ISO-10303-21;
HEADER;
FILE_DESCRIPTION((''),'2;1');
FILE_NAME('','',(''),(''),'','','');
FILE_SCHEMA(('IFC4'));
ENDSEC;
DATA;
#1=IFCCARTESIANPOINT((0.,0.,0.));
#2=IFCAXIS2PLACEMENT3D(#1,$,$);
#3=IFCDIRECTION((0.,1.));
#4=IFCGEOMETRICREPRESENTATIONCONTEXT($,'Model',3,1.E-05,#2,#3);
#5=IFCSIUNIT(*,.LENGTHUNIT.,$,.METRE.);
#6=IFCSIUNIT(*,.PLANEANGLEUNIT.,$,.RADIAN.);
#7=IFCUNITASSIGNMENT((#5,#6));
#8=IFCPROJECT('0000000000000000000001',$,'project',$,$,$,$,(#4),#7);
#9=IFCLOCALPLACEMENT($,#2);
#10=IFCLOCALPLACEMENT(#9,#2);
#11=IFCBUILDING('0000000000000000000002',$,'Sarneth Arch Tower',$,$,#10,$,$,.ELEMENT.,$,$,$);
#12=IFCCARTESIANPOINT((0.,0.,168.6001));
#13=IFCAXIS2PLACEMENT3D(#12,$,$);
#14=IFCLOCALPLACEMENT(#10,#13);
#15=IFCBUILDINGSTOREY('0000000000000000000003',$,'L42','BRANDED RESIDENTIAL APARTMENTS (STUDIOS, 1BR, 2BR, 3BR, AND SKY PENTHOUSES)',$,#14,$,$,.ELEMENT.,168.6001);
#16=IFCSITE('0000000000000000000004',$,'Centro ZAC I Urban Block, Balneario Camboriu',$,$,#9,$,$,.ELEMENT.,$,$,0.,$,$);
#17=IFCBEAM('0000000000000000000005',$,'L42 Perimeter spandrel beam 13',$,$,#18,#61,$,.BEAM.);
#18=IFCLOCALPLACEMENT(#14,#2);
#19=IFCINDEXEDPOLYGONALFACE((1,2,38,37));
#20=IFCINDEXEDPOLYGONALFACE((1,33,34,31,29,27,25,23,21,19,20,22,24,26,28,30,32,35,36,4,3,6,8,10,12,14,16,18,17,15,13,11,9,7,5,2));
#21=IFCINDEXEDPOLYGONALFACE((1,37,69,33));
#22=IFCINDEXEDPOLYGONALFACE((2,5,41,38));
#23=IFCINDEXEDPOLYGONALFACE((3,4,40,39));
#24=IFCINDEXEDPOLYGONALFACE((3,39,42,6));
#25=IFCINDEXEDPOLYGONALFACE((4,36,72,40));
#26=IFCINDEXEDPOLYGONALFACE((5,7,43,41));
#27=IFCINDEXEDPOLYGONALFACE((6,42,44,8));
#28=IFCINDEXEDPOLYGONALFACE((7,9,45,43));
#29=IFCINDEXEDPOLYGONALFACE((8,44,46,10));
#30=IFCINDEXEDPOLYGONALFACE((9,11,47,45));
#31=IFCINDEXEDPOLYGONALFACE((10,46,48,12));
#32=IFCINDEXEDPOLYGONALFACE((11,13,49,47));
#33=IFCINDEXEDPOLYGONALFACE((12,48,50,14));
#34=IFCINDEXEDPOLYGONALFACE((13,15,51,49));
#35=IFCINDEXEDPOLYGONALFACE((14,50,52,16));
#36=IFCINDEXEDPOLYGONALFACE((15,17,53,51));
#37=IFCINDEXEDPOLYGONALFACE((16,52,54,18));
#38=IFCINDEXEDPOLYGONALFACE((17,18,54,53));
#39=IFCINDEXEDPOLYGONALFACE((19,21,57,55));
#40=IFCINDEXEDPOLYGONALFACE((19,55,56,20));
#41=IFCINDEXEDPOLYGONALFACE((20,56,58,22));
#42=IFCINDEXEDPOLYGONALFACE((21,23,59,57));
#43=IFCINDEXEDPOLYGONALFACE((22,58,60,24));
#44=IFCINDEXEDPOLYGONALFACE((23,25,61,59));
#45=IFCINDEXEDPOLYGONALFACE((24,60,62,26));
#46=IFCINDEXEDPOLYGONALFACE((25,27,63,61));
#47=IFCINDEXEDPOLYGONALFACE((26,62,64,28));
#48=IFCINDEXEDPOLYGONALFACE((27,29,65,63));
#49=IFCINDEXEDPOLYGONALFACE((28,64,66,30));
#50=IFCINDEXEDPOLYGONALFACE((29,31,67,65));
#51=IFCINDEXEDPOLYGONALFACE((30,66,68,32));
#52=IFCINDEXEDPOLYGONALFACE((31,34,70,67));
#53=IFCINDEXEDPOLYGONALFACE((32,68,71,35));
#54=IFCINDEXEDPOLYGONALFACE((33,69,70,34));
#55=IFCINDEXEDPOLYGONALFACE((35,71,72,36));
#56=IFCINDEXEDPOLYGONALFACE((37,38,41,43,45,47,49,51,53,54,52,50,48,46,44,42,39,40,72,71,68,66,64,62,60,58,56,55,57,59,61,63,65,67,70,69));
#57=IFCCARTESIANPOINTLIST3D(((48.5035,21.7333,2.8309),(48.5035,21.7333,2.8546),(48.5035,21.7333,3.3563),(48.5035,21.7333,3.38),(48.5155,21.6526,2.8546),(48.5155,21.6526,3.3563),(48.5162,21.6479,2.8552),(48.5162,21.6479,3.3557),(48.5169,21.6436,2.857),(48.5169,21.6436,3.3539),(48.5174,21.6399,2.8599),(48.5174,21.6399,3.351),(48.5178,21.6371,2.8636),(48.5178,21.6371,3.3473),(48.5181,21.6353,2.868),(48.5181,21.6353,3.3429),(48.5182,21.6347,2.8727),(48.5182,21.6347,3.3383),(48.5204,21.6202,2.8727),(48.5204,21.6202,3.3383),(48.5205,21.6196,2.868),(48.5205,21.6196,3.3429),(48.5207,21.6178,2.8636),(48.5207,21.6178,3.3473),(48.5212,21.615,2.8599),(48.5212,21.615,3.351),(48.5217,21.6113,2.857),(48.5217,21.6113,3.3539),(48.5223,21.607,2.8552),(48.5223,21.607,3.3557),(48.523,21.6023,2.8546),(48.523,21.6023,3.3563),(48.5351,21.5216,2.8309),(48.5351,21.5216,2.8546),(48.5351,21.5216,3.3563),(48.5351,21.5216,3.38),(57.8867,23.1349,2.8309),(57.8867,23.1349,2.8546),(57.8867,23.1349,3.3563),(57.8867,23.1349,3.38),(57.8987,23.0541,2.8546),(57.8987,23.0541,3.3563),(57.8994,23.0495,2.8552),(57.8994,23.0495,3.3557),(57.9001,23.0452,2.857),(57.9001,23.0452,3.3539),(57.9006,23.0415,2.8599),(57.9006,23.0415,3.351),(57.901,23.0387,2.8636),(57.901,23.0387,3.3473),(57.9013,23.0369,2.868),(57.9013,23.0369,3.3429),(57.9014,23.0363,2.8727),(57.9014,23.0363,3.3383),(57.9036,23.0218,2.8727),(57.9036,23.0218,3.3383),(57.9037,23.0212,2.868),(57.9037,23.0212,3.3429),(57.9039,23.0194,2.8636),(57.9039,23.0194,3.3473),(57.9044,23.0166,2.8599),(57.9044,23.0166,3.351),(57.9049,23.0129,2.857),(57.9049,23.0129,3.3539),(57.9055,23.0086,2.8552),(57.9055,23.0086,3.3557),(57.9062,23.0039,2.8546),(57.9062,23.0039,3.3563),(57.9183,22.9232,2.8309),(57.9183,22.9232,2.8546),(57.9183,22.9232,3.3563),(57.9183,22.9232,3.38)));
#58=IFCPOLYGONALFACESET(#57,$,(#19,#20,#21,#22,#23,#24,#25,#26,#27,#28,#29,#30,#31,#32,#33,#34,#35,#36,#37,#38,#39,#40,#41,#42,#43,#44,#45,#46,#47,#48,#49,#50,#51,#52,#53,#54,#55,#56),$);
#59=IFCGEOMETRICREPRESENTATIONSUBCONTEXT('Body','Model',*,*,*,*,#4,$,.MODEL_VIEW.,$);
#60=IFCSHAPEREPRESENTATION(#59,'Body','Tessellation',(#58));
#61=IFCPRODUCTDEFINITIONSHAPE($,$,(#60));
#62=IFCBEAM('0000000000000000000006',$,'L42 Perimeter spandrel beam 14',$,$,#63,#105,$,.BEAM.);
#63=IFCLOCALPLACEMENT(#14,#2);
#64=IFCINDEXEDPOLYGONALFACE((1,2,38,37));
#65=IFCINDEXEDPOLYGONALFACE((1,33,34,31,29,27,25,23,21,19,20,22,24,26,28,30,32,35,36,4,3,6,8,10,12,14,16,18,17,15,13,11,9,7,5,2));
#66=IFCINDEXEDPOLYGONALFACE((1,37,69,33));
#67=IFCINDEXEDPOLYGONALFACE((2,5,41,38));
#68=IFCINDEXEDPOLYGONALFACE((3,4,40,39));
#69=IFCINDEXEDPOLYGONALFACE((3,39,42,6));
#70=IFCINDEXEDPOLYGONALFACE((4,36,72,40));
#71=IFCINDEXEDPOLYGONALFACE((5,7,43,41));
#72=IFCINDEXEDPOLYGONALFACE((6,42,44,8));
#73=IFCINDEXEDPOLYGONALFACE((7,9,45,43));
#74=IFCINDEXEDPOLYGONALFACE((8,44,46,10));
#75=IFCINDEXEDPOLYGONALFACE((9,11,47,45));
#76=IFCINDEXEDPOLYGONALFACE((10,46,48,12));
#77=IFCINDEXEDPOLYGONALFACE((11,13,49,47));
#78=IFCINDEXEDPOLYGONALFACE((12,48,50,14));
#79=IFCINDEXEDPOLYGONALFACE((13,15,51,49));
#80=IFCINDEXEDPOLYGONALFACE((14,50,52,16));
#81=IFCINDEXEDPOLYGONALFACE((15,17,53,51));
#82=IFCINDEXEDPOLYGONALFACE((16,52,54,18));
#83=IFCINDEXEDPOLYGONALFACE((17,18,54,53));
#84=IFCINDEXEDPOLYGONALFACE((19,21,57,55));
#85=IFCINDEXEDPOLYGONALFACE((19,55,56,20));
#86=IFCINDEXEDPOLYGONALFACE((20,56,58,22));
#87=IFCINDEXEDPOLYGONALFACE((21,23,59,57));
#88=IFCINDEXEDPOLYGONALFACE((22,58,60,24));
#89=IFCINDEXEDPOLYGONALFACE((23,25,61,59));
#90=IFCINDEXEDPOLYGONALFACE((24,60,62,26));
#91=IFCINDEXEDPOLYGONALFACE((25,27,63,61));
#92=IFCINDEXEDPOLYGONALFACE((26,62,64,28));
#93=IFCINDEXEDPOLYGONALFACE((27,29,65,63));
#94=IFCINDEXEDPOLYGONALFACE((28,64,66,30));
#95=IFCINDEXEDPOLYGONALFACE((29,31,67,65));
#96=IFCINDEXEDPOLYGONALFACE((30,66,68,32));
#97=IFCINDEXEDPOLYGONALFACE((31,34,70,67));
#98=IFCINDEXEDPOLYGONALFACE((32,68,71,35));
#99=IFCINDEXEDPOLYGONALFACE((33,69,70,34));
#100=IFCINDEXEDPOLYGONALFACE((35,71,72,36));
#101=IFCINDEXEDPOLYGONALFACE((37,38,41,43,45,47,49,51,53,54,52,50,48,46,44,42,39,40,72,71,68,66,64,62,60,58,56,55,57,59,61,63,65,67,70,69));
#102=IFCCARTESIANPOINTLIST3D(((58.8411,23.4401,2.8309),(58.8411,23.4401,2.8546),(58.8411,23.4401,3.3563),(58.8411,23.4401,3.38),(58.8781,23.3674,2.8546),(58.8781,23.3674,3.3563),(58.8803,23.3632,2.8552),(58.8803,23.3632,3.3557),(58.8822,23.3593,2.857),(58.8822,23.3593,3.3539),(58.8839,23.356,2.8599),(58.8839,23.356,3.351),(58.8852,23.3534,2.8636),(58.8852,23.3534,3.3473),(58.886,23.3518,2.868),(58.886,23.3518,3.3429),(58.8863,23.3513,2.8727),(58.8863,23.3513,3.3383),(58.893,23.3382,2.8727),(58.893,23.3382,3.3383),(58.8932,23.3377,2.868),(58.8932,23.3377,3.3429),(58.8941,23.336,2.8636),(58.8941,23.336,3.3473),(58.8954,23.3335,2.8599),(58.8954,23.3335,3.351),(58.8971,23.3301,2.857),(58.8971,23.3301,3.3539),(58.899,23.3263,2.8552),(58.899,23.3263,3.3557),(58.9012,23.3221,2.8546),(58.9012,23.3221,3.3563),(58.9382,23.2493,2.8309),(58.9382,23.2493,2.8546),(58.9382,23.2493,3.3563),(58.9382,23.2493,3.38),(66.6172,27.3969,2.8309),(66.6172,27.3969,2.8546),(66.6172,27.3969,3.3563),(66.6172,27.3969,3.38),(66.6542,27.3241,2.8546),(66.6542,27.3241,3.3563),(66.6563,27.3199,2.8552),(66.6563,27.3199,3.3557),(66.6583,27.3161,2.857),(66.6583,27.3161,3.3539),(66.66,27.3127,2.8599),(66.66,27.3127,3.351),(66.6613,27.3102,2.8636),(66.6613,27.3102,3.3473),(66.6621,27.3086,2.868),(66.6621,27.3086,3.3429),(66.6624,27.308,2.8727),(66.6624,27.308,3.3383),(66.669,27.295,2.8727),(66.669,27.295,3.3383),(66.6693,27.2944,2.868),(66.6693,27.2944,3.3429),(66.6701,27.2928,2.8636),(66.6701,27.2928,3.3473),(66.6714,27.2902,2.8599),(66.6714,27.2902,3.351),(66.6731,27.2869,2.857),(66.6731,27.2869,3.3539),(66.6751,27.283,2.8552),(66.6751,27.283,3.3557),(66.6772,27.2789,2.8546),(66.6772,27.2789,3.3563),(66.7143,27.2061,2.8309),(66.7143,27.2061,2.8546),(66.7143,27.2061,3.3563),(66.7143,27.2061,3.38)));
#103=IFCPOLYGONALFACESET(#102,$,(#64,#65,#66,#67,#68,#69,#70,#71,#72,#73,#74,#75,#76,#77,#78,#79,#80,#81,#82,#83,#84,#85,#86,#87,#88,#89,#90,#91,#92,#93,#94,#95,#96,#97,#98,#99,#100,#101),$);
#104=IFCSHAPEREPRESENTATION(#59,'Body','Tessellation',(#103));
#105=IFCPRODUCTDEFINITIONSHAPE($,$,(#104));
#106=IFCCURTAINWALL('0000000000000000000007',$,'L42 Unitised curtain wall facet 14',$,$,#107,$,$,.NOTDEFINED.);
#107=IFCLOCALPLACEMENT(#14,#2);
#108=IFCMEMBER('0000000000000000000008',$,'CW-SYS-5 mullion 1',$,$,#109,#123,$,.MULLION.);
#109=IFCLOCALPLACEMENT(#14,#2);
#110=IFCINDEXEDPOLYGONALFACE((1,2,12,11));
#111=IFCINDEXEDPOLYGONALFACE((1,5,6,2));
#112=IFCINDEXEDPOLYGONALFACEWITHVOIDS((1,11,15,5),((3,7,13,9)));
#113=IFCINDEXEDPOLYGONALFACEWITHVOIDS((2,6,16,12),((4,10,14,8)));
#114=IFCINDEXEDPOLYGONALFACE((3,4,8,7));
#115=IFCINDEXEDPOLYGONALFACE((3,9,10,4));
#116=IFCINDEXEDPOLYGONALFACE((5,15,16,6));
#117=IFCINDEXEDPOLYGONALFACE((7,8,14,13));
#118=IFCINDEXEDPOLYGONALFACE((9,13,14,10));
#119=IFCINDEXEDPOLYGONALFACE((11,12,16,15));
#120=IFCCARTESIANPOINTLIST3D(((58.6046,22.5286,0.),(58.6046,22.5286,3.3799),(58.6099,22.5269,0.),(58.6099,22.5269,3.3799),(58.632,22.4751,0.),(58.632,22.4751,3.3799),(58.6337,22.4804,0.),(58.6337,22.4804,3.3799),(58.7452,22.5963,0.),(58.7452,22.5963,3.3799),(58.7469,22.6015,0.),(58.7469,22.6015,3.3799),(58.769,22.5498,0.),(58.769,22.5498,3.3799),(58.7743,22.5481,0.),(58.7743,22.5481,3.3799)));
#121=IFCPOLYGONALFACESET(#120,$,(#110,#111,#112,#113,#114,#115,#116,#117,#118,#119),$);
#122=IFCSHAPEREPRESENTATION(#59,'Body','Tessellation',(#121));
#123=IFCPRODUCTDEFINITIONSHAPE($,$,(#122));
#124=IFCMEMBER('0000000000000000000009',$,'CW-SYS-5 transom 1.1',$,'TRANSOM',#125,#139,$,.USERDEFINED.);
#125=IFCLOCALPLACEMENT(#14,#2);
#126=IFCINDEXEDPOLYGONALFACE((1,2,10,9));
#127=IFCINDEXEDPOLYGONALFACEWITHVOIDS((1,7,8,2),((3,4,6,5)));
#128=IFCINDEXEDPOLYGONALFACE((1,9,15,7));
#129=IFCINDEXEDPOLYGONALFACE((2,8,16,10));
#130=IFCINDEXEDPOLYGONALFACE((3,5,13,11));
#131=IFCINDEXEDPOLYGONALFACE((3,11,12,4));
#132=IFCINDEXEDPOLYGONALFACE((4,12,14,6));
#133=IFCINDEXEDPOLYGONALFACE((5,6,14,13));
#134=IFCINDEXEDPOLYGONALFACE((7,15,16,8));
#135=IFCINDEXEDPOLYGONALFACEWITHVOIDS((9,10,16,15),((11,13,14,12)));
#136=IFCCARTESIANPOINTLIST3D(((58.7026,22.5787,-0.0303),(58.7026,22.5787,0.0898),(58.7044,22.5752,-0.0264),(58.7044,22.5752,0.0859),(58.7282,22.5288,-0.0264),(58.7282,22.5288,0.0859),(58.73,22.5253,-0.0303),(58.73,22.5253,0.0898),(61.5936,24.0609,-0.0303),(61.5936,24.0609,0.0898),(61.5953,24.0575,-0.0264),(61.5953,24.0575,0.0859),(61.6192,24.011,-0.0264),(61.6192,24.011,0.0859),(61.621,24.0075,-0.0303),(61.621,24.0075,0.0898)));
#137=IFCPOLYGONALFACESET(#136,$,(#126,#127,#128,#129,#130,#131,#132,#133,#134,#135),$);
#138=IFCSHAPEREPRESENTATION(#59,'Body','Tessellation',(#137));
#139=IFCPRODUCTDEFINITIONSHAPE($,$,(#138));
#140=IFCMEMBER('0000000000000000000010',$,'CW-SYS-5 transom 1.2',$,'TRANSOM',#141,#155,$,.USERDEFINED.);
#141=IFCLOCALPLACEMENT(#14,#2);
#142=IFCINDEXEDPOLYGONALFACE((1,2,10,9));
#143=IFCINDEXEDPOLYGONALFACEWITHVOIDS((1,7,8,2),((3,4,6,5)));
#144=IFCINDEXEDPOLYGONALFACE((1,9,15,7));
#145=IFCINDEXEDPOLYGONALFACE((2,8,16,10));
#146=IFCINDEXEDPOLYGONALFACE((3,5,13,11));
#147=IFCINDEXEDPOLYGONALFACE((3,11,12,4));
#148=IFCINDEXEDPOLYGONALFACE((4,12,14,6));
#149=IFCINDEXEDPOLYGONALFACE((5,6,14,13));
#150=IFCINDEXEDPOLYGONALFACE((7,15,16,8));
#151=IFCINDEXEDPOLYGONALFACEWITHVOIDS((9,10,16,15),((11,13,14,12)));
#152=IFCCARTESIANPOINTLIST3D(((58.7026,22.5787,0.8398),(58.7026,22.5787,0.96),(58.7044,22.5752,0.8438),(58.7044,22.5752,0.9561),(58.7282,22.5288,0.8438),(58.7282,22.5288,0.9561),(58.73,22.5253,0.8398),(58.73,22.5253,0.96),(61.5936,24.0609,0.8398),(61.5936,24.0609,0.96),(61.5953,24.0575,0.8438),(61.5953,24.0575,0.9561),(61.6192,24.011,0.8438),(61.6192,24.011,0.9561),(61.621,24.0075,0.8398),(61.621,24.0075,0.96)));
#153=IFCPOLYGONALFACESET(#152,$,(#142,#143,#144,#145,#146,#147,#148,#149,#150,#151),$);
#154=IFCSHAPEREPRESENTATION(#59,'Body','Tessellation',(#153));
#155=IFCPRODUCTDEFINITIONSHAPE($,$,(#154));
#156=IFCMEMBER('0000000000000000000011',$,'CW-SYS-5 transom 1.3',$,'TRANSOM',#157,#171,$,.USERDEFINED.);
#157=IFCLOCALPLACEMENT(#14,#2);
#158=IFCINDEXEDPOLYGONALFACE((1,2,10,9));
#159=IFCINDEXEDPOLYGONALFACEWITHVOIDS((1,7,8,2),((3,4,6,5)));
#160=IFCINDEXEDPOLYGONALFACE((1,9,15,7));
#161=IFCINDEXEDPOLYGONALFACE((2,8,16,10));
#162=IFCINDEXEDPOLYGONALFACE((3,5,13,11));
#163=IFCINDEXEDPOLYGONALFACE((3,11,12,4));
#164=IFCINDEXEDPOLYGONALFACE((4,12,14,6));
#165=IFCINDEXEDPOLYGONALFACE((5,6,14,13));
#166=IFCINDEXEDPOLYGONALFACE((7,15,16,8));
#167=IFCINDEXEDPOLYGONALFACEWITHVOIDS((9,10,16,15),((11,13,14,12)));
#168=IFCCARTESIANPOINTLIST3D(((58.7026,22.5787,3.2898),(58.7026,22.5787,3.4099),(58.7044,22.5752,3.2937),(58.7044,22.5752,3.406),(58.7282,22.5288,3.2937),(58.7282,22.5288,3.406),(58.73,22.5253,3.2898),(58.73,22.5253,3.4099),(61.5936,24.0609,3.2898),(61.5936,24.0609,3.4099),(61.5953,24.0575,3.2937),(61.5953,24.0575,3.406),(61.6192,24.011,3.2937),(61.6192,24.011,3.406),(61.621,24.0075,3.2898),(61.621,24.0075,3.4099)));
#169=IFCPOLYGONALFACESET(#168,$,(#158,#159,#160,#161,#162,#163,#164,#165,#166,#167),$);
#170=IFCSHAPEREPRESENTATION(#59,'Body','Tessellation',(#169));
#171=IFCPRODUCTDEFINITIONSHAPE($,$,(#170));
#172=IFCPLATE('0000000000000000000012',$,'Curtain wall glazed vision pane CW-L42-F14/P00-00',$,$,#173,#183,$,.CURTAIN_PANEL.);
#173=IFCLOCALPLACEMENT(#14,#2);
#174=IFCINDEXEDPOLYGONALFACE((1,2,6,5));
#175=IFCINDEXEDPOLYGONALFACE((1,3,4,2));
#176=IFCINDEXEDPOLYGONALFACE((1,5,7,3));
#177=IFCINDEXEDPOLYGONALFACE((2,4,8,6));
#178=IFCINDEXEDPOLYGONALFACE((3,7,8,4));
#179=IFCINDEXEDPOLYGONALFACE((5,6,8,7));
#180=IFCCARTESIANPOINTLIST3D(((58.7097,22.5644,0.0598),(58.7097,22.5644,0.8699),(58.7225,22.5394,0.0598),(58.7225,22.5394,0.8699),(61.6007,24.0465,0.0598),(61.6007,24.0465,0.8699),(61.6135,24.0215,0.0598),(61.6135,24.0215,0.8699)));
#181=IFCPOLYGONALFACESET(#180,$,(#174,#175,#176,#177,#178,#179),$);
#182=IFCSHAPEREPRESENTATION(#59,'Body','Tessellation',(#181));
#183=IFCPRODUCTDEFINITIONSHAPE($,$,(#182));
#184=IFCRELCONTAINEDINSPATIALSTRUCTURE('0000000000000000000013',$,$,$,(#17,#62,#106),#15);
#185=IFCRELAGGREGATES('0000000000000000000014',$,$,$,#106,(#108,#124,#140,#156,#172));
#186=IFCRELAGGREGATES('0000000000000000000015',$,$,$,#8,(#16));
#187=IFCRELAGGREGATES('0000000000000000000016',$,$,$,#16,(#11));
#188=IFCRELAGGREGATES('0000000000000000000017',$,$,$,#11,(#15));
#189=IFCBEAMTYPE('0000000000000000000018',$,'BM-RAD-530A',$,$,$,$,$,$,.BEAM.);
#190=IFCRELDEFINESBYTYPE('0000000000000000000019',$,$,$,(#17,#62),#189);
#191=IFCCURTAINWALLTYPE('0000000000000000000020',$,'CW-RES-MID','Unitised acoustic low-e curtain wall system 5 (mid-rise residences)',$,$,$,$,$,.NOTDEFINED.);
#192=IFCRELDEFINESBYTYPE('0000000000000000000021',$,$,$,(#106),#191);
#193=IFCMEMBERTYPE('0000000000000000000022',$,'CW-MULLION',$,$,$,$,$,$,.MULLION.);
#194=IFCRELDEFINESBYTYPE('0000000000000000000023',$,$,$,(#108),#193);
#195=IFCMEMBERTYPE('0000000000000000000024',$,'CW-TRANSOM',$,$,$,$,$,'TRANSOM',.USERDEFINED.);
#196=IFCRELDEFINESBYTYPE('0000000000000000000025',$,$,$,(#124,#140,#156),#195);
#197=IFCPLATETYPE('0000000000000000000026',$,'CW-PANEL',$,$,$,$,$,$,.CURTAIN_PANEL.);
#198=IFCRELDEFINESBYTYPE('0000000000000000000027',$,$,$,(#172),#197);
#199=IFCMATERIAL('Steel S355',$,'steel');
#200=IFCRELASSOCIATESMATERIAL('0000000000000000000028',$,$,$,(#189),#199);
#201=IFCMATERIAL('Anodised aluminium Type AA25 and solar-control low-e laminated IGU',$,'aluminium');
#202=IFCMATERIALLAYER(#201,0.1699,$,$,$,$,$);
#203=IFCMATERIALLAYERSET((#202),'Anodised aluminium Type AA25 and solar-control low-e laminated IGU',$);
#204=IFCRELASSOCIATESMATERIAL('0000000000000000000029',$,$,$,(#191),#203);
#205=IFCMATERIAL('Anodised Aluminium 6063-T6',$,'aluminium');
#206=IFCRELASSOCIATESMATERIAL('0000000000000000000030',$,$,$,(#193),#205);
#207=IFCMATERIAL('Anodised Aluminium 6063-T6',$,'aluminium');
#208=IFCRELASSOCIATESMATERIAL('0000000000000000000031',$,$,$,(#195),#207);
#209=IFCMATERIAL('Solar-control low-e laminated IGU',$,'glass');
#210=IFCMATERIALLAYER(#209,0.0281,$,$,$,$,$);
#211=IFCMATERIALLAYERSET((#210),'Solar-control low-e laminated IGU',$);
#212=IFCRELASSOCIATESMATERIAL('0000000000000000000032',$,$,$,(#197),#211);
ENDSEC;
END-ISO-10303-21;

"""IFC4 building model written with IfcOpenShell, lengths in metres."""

from ifc_helpers import new_model, si_unit, direction, frame, origin, origin_2d, place, context, subcontext, project, spatial, rectangle, hollow_rectangle, i_section, extrude, material, layer, layer_set, material_profile, profile_set, type_object, element, aggregate, save


model = new_model("IFC4")

# Units and contexts
model_context = context("Model", 3, precision=1e-05, world=origin(), true_north=direction((0.0, 1.0)))
body_context = subcontext(model_context, "Body", "Model", "MODEL_VIEW")
ifc_project = project(units=[si_unit("LENGTHUNIT", "METRE"), si_unit("PLANEANGLEUNIT", "RADIAN")], contexts=[model_context])

# Site, building, storey
site_placement = place(None, origin())
site = spatial("IfcSite", under=ifc_project, at=site_placement, Name="Centro ZAC I Urban Block, Balneario Camboriu", CompositionType="ELEMENT", RefElevation=0.0)
building_placement = place(site_placement, origin())
building = spatial("IfcBuilding", under=site, at=building_placement, Name="Sarneth Arch Tower", CompositionType="ELEMENT")
storey_placement = place(building_placement, frame((0.0, 0.0, 168.6001)))
storey = spatial("IfcBuildingStorey", under=building, at=storey_placement, Name="L42", Description="BRANDED RESIDENTIAL APARTMENTS (STUDIOS, 1BR, 2BR, 3BR, AND SKY PENTHOUSES)", CompositionType="ELEMENT", Elevation=168.6001)

# Beams
ifc_material_1 = material(Name="Steel S355", Category="steel")
ifc_material_profile_1 = material_profile(ifc_material_1, i_section(OverallWidth=0.2141, OverallDepth=0.5491, WebThickness=0.0146, FlangeThickness=0.0237, FilletRadius=0.0181, at=origin_2d()), Name="W530x138")
ifc_profile_set_1 = profile_set([ifc_material_profile_1], Name="Steel S355")
beam_type_1 = type_object("IfcBeamType", Name="BM-RAD-530A", PredefinedType="BEAM", material=ifc_profile_set_1)
beam_1_placement = place(storey_placement, frame((48.5193, 21.6274, 3.1055), z_axis=(0.989027, 0.147734, 0.0), x_axis=(-0.147734, 0.989027, 0.0)))
element("IfcBeam", 1, at=beam_1_placement, inside=storey, type_object=beam_type_1, Name="L42 Perimeter spandrel beam 13", PredefinedType="BEAM", context=body_context, shape_type="SweptSolid", body=[
    extrude(i_section(OverallWidth=0.2141, OverallDepth=0.5491, WebThickness=0.0146, FlangeThickness=0.0237, FilletRadius=0.0181, at=origin_2d()), origin(), (0.0, 0.0, 1.0), 9.4873),
])
beam_2_placement = place(storey_placement, frame((58.8896, 23.3447, 3.1055), z_axis=(0.891254, 0.453504, 0.0), x_axis=(-0.453504, 0.891254, 0.0)))
element("IfcBeam", 2, at=beam_2_placement, inside=storey, type_object=beam_type_1, Name="L42 Perimeter spandrel beam 14", PredefinedType="BEAM", context=body_context, shape_type="SweptSolid", body=[
    extrude(i_section(OverallWidth=0.2141, OverallDepth=0.5491, WebThickness=0.0146, FlangeThickness=0.0237, FilletRadius=0.0181, at=origin_2d()), origin(), (0.0, 0.0, 1.0), 8.7249),
])

# Curtain wall, members, plate
ifc_material_2 = material(Name="Anodised aluminium Type AA25 and solar-control low-e laminated IGU", Category="aluminium")
ifc_layer_1 = layer(ifc_material_2, 0.1699)
ifc_layer_set_1 = layer_set([ifc_layer_1], Name="Anodised aluminium Type AA25 and solar-control low-e laminated IGU")
curtain_wall_type = type_object("IfcCurtainWallType", Name="CW-RES-MID", Description="Unitised acoustic low-e curtain wall system 5 (mid-rise residences)", PredefinedType="NOTDEFINED", material=ifc_layer_set_1)
curtain_wall_placement = place(storey_placement, origin())
curtain_wall = element("IfcCurtainWall", 3, at=curtain_wall_placement, inside=storey, type_object=curtain_wall_type, Name="L42 Unitised curtain wall facet 14", PredefinedType="NOTDEFINED")
ifc_material_3 = material(Name="Anodised Aluminium 6063-T6", Category="aluminium")
ifc_material_profile_2 = material_profile(ifc_material_3, hollow_rectangle(XDim=0.0601, YDim=0.1599, WallThickness=0.0039, at=origin_2d()), Name="AL-MULL-160x60x4")
ifc_profile_set_2 = profile_set([ifc_material_profile_2], Name="Anodised Aluminium 6063-T6")
member_type_1 = type_object("IfcMemberType", Name="CW-MULLION", PredefinedType="MULLION", material=ifc_profile_set_2)
member_1_placement = place(storey_placement, frame((58.6895, 22.5383, 0.0), z_axis=(0.0, 0.0, 1.0), x_axis=(-0.456208, 0.889873, 0.0)))
member_1 = element("IfcMember", 4, at=member_1_placement, type_object=member_type_1, Name="CW-SYS-5 mullion 1", PredefinedType="MULLION", context=body_context, shape_type="SweptSolid", body=[
    extrude(hollow_rectangle(XDim=0.0601, YDim=0.1599, WallThickness=0.0039, at=origin_2d()), origin(), (0.0, 0.0, 1.0), 3.3799),
])
ifc_material_4 = material(Name="Anodised Aluminium 6063-T6", Category="aluminium")
ifc_material_profile_3 = material_profile(ifc_material_4, hollow_rectangle(XDim=0.0601, YDim=0.1201, WallThickness=0.0039, at=origin_2d()), Name="AL-TRAN-120x60x4")
ifc_profile_set_3 = profile_set([ifc_material_profile_3], Name="Anodised Aluminium 6063-T6")
member_type_2 = type_object("IfcMemberType", Name="CW-TRANSOM", ElementType="TRANSOM", PredefinedType="USERDEFINED", material=ifc_profile_set_3)
member_2_placement = place(storey_placement, frame((58.7163, 22.552, 0.0298), z_axis=(0.889857, 0.456239, 0.0), x_axis=(-0.456239, 0.889857, 0.0)))
member_2 = element("IfcMember", 5, at=member_2_placement, type_object=member_type_2, Name="CW-SYS-5 transom 1.1", ObjectType="TRANSOM", PredefinedType="USERDEFINED", context=body_context, shape_type="SweptSolid", body=[
    extrude(hollow_rectangle(XDim=0.0601, YDim=0.1201, WallThickness=0.0039, at=origin_2d()), origin(), (0.0, 0.0, 1.0), 3.2488),
])
member_3_placement = place(storey_placement, frame((58.7163, 22.552, 0.8999), z_axis=(0.889857, 0.456239, 0.0), x_axis=(-0.456239, 0.889857, 0.0)))
member_3 = element("IfcMember", 6, at=member_3_placement, type_object=member_type_2, Name="CW-SYS-5 transom 1.2", ObjectType="TRANSOM", PredefinedType="USERDEFINED", context=body_context, shape_type="SweptSolid", body=[
    extrude(hollow_rectangle(XDim=0.0601, YDim=0.1201, WallThickness=0.0039, at=origin_2d()), origin(), (0.0, 0.0, 1.0), 3.2488),
])
member_4_placement = place(storey_placement, frame((58.7163, 22.552, 3.3499), z_axis=(0.889857, 0.456239, 0.0), x_axis=(-0.456239, 0.889857, 0.0)))
member_4 = element("IfcMember", 7, at=member_4_placement, type_object=member_type_2, Name="CW-SYS-5 transom 1.3", ObjectType="TRANSOM", PredefinedType="USERDEFINED", context=body_context, shape_type="SweptSolid", body=[
    extrude(hollow_rectangle(XDim=0.0601, YDim=0.1201, WallThickness=0.0039, at=origin_2d()), origin(), (0.0, 0.0, 1.0), 3.2488),
])
ifc_material_5 = material(Name="Solar-control low-e laminated IGU", Category="glass")
ifc_layer_2 = layer(ifc_material_5, 0.0281)
ifc_layer_set_2 = layer_set([ifc_layer_2], Name="Solar-control low-e laminated IGU")
plate_type_1 = type_object("IfcPlateType", Name="CW-PANEL", PredefinedType="CURTAIN_PANEL", material=ifc_layer_set_2)
plate_1_placement = place(storey_placement, frame((60.1616, 23.293, 0.0598), z_axis=(0.0, 0.0, 1.0), x_axis=(0.889873, 0.456208, 0.0)))
plate_1 = element("IfcPlate", 8, at=plate_1_placement, type_object=plate_type_1, Name="Curtain wall glazed vision pane CW-L42-F14/P00-00", PredefinedType="CURTAIN_PANEL", context=body_context, shape_type="SweptSolid", body=[
    extrude(rectangle(XDim=3.2488, YDim=0.0281, at=origin_2d()), origin(), (0.0, 0.0, 1.0), 0.8101),
])
aggregate(curtain_wall, [member_1, member_2, member_3, member_4, plate_1])

save(model, "model.ifc")
